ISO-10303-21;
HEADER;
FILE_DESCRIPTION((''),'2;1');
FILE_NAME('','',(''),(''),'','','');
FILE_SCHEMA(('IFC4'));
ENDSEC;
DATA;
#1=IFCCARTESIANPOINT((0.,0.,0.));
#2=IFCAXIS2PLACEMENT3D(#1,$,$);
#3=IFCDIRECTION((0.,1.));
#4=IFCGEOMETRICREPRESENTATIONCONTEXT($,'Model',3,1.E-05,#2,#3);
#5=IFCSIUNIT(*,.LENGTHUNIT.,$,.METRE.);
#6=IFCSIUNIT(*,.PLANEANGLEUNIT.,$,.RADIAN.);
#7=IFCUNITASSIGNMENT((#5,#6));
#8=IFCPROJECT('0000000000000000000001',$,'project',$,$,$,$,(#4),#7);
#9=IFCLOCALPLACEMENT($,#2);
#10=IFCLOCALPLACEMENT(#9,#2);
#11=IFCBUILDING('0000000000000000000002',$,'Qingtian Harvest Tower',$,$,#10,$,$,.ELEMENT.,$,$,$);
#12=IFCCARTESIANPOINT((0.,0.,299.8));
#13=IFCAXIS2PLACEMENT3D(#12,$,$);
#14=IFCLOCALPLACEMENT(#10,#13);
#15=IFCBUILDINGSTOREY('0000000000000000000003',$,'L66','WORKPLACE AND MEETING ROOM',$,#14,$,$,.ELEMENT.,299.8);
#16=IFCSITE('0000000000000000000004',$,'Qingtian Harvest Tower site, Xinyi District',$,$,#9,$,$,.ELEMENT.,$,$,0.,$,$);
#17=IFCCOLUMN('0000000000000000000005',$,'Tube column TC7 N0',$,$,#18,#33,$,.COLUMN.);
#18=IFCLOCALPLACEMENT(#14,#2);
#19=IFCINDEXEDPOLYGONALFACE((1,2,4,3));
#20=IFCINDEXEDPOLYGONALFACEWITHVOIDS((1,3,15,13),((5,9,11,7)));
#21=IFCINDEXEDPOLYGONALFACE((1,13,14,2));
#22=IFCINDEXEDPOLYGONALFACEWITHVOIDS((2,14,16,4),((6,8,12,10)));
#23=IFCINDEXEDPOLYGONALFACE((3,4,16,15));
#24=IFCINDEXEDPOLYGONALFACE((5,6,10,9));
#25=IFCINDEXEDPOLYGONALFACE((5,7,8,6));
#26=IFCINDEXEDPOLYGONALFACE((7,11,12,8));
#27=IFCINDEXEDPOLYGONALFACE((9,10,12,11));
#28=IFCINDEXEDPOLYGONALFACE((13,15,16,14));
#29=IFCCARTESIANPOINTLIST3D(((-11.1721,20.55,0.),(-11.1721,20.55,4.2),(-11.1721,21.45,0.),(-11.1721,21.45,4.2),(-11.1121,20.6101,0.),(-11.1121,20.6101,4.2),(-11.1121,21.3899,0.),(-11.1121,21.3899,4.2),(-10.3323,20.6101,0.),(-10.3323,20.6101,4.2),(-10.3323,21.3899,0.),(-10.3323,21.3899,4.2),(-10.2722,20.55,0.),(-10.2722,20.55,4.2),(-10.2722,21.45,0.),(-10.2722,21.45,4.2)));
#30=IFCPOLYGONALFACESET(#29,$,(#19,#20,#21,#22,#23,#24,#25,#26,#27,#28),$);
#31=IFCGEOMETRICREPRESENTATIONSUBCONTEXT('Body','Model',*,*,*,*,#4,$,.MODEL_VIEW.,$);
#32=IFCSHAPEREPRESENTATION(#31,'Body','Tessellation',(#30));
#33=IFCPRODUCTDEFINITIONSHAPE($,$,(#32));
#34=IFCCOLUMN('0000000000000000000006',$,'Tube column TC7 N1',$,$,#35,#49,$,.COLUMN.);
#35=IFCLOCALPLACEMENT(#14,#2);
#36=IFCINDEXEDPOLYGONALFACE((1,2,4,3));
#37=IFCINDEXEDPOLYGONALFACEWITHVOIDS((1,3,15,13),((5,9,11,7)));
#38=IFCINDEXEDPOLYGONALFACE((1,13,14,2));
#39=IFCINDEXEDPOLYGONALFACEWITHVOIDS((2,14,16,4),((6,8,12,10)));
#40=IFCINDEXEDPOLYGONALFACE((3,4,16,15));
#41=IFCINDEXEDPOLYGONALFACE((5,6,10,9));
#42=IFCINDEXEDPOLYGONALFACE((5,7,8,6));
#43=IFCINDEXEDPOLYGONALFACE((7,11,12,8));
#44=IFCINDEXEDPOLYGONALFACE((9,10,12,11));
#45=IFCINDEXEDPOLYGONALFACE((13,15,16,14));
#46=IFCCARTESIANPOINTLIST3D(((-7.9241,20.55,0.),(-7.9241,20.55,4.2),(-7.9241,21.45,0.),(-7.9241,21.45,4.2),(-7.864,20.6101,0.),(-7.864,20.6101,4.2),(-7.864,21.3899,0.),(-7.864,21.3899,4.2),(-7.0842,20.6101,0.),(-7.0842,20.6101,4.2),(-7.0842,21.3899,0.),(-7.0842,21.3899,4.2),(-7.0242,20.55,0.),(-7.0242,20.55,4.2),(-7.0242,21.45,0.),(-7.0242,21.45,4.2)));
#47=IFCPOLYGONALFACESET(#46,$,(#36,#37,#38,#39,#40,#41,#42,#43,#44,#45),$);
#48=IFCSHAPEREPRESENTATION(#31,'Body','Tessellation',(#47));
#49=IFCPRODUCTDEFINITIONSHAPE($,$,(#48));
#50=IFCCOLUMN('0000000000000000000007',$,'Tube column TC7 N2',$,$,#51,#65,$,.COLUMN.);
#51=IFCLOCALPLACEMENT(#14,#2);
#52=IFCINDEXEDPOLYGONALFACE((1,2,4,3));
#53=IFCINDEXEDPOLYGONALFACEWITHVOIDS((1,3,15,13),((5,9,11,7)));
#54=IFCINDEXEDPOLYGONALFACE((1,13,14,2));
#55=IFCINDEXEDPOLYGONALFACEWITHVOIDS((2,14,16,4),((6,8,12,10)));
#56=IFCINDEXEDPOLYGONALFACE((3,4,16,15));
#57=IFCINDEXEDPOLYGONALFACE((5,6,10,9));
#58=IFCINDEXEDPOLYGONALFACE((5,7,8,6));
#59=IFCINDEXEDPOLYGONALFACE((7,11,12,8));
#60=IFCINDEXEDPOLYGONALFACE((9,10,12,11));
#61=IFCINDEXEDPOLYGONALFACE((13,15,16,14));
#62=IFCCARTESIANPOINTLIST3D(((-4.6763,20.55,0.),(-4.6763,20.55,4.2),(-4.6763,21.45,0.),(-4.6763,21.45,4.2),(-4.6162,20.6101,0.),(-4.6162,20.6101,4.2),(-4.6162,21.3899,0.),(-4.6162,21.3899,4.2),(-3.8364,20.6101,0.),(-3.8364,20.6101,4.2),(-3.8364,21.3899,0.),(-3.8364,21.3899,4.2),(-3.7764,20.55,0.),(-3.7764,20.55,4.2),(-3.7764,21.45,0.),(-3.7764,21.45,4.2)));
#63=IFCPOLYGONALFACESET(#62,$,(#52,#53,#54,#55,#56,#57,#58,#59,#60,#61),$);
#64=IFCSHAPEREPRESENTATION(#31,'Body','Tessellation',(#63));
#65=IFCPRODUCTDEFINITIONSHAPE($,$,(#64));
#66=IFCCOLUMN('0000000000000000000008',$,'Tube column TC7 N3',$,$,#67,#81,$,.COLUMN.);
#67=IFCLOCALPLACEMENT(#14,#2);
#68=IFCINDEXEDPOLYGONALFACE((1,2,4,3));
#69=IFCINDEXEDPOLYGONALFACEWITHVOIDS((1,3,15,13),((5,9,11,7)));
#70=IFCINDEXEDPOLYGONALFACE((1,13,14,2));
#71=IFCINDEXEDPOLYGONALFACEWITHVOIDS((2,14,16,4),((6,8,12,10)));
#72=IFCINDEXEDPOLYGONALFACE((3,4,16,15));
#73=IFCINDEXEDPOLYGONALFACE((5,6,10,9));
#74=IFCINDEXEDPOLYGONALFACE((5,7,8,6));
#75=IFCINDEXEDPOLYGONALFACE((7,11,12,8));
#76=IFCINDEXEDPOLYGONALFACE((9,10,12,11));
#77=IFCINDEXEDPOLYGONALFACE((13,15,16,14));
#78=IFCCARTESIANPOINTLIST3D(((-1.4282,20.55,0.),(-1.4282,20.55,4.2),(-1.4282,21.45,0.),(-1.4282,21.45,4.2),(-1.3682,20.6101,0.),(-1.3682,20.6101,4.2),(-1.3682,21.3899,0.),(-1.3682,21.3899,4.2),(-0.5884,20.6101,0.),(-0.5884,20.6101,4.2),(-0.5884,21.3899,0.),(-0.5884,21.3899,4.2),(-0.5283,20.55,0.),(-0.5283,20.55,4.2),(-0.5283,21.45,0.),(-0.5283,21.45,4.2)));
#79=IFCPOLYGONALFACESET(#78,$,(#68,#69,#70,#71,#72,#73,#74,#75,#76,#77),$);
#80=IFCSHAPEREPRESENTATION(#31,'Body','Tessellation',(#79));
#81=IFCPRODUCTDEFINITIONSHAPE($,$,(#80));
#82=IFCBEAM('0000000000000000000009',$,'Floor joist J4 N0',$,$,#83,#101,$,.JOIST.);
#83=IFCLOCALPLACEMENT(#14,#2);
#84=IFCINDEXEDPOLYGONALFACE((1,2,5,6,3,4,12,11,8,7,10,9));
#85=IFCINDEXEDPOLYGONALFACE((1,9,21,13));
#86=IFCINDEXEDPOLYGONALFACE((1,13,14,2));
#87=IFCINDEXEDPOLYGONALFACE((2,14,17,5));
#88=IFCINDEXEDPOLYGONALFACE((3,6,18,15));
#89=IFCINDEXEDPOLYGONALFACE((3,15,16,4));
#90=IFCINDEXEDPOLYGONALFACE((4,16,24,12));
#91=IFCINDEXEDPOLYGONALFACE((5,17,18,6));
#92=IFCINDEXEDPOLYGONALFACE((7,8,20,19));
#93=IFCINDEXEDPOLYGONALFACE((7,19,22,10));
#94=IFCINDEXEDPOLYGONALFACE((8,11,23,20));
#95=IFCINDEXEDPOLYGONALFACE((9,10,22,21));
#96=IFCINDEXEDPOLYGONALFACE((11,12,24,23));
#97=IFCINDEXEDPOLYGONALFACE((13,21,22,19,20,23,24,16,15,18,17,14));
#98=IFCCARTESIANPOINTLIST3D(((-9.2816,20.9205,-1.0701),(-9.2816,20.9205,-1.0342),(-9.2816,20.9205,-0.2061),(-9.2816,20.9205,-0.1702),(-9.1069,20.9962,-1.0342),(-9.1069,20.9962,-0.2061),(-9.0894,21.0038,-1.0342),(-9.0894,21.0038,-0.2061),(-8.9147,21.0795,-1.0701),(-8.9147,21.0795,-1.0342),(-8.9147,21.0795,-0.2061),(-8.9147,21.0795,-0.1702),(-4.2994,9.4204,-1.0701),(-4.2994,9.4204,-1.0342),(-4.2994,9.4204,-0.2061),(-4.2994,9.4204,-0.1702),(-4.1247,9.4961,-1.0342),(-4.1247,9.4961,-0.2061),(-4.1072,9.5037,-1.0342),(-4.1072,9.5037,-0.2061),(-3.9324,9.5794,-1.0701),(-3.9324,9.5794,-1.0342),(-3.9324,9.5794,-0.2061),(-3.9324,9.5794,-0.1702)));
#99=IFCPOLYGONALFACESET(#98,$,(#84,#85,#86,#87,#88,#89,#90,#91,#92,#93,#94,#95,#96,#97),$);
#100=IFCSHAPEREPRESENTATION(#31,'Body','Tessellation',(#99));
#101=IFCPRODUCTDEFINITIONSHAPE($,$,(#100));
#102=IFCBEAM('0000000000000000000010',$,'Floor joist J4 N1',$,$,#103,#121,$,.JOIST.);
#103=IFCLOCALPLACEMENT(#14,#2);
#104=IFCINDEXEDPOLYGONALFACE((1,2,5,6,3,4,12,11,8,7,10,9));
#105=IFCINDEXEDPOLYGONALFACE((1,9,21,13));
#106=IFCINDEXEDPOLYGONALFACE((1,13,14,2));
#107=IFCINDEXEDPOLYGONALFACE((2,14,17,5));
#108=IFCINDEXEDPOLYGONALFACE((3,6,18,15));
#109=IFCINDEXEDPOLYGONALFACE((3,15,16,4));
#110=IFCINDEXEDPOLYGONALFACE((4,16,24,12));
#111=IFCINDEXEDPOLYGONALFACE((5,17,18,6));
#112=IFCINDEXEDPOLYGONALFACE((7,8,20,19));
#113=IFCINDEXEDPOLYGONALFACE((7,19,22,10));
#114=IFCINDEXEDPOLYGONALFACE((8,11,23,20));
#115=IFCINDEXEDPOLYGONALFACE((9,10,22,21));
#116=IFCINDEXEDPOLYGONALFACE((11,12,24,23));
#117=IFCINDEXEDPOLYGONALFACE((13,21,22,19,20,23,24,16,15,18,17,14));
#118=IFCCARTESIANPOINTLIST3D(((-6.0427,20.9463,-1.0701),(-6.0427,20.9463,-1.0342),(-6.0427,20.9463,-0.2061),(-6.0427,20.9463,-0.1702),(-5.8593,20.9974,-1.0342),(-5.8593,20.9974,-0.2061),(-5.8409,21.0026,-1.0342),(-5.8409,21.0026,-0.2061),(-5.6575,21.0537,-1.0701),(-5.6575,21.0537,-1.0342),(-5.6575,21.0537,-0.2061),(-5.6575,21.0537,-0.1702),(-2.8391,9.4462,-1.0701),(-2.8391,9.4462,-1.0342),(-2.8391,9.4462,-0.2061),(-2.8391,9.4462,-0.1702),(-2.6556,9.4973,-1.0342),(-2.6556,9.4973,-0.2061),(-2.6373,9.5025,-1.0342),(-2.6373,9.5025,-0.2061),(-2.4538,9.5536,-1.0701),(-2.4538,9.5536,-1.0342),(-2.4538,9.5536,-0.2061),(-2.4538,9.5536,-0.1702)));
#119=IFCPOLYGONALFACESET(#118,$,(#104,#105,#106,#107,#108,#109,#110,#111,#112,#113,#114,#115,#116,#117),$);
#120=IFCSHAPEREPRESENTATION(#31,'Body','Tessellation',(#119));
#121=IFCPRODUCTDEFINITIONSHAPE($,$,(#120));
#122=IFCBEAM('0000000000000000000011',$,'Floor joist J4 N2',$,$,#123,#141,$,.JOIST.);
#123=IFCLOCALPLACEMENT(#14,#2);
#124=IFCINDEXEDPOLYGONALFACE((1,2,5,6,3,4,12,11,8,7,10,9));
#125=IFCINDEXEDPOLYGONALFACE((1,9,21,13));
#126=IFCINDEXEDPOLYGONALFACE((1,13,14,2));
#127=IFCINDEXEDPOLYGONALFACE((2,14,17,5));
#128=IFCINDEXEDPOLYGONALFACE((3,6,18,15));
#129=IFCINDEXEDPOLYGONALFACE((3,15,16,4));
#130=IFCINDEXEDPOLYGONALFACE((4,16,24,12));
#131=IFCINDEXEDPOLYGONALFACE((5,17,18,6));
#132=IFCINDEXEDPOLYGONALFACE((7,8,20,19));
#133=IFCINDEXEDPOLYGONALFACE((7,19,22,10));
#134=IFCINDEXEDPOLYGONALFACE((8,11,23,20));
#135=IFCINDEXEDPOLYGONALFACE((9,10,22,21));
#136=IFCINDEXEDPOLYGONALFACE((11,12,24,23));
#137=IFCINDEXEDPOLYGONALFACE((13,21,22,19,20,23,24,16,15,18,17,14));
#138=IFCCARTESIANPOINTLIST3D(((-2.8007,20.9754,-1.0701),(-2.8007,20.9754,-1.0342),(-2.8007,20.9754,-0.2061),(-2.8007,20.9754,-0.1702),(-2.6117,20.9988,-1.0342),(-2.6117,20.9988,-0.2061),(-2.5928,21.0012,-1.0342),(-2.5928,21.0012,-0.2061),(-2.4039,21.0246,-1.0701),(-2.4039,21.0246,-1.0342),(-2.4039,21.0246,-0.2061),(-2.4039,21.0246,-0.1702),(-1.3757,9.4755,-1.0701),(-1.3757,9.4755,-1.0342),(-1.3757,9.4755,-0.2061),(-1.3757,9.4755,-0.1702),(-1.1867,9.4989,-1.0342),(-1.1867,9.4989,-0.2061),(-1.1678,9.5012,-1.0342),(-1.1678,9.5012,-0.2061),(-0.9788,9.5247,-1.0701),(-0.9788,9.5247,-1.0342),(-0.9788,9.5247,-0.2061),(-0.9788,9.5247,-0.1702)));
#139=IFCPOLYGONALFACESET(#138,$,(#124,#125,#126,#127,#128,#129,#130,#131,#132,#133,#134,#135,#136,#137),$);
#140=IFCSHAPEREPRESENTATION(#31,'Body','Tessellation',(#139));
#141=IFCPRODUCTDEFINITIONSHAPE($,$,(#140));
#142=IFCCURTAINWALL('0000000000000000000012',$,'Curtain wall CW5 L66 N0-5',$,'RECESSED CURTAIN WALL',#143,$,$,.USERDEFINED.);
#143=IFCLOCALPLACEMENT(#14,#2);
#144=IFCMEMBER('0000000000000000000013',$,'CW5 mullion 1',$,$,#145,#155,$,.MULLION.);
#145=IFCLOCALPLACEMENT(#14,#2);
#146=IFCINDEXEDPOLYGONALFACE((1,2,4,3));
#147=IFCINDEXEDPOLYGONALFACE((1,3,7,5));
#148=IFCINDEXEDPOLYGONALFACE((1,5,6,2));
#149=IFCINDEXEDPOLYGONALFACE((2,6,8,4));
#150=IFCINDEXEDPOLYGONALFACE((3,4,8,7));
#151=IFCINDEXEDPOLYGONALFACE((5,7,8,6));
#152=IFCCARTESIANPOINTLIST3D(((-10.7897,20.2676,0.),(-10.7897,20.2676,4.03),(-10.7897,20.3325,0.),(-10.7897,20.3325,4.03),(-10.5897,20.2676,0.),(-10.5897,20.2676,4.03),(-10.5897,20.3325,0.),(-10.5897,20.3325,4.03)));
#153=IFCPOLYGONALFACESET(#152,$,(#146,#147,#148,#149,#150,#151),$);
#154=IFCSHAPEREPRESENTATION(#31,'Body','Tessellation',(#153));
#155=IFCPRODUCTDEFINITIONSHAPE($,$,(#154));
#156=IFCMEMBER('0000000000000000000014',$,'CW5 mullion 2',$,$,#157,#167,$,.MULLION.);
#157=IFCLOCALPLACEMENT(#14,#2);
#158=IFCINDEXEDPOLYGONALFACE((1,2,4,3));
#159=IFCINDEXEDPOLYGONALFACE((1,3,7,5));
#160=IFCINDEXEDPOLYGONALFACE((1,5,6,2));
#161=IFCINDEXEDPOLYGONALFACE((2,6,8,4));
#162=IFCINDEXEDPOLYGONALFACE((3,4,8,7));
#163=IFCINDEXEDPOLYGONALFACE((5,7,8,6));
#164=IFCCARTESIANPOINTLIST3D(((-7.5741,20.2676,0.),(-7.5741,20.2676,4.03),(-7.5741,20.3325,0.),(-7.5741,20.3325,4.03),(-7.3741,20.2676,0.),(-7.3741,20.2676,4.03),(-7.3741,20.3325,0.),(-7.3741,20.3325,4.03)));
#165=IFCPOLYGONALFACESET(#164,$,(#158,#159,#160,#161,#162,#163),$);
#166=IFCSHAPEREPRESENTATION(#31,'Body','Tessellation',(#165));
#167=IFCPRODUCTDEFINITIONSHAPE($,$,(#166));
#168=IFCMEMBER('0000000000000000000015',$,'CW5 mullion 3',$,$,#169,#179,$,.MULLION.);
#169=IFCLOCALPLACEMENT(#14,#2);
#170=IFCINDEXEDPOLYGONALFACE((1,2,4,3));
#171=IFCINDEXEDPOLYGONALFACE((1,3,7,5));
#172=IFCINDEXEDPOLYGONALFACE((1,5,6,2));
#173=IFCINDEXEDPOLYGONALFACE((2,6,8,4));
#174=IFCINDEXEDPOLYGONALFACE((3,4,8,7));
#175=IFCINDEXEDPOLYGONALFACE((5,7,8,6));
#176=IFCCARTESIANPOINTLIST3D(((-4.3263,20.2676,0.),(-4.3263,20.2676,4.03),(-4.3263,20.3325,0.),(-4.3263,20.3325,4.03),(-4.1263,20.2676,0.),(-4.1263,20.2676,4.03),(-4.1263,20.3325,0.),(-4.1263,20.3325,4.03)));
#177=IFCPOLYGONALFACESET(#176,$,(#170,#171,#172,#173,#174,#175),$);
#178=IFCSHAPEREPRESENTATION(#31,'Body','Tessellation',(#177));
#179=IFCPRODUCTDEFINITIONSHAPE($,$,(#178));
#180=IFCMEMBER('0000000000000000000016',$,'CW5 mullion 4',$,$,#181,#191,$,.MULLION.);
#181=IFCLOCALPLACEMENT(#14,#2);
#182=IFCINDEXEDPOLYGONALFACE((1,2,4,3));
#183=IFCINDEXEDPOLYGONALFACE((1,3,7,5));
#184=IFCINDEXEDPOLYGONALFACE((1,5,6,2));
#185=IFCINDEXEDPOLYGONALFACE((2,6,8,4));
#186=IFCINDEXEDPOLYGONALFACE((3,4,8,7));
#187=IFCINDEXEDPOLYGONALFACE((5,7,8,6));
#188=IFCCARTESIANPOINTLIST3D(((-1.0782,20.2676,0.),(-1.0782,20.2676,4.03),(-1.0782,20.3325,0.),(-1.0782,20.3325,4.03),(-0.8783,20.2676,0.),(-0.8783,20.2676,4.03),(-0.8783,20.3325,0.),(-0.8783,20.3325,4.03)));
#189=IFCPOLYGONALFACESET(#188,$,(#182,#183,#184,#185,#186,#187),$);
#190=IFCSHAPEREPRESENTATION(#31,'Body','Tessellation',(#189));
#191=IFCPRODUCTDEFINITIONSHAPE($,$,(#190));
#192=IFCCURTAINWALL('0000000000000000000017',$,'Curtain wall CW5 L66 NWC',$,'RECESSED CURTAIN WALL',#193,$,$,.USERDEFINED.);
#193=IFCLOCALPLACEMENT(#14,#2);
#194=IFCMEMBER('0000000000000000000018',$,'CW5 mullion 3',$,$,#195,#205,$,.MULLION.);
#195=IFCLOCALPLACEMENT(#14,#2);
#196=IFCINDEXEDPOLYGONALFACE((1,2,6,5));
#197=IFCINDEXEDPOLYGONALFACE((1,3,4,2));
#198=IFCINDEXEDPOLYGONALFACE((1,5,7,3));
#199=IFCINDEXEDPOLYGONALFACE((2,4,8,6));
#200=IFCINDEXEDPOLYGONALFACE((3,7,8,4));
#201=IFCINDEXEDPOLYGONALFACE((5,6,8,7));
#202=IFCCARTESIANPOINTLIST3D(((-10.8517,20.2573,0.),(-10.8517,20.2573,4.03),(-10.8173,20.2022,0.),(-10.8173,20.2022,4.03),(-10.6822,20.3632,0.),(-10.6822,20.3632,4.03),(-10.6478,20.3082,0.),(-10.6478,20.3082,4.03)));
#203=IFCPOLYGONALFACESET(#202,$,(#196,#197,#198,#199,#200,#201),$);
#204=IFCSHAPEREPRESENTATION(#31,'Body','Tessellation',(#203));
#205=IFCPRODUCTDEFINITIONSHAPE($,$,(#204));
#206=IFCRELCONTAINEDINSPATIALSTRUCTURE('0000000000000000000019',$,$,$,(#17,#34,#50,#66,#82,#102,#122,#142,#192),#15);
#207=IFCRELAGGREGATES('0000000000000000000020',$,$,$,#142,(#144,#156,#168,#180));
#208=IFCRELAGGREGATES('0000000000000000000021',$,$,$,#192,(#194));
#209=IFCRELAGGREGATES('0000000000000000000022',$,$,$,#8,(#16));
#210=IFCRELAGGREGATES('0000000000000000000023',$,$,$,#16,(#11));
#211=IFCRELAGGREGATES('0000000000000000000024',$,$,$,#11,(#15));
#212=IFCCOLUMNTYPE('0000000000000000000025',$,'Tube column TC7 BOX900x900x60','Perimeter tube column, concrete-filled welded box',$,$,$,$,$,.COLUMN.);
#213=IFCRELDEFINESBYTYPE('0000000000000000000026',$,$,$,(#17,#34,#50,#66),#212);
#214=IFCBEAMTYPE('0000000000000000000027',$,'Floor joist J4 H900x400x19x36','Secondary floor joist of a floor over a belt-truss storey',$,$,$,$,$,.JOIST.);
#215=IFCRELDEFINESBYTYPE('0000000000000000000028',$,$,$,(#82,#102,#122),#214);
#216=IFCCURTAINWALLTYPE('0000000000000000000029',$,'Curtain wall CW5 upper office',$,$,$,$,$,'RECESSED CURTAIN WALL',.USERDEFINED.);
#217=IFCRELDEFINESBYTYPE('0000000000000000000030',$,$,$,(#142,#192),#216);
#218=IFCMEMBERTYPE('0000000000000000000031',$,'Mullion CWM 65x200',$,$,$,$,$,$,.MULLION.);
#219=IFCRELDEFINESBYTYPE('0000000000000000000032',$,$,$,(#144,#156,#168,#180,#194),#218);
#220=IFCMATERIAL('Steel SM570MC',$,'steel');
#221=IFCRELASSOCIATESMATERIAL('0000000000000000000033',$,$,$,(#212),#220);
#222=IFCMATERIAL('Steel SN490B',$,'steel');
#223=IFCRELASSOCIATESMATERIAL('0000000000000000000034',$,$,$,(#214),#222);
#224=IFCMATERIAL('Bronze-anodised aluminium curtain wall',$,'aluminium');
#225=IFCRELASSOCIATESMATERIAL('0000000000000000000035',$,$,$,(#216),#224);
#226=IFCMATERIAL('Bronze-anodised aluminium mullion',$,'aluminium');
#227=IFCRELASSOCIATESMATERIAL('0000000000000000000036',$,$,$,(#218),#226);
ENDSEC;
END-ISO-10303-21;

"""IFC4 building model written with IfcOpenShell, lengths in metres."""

from ifc_helpers import new_model, si_unit, direction, frame, origin, origin_2d, place, context, subcontext, project, spatial, rectangle, hollow_rectangle, i_section, extrude, material, material_profile, profile_set, type_object, element, aggregate, save


model = new_model("IFC4")

# Units and contexts
model_context = context("Model", 3, precision=1e-05, world=origin(), true_north=direction((0.0, 1.0)))
body_context = subcontext(model_context, "Body", "Model", "MODEL_VIEW")
ifc_project = project(units=[si_unit("LENGTHUNIT", "METRE"), si_unit("PLANEANGLEUNIT", "RADIAN")], contexts=[model_context])

# Site, building, storey
site_placement = place(None, origin())
site = spatial("IfcSite", under=ifc_project, at=site_placement, Name="Qingtian Harvest Tower site, Xinyi District", CompositionType="ELEMENT", RefElevation=0.0)
building_placement = place(site_placement, origin())
building = spatial("IfcBuilding", under=site, at=building_placement, Name="Qingtian Harvest Tower", CompositionType="ELEMENT")
storey_placement = place(building_placement, frame((0.0, 0.0, 299.8)))
storey = spatial("IfcBuildingStorey", under=building, at=storey_placement, Name="L66", Description="WORKPLACE AND MEETING ROOM", CompositionType="ELEMENT", Elevation=299.8)

# Columns
ifc_material_1 = material(Name="Steel SM570MC", Category="steel")
ifc_material_profile_1 = material_profile(ifc_material_1, hollow_rectangle(XDim=0.8999, YDim=0.8999, WallThickness=0.0601, at=origin_2d()), Name="BOX900x900x60")
ifc_profile_set_1 = profile_set([ifc_material_profile_1], Name="Steel SM570MC")
column_type = type_object("IfcColumnType", Name="Tube column TC7 BOX900x900x60", Description="Perimeter tube column, concrete-filled welded box", PredefinedType="COLUMN", material=ifc_profile_set_1)
for number, where, z_axis, x_axis, name in (
    (1, (-10.7222, 21.0, 0.0), (0.0, 0.0, 1.0), (-1.0, 0.0, 0.0), "Tube column TC7 N0"),
    (2, (-7.4741, 21.0, 0.0), (0.0, 0.0, 1.0), (-1.0, 0.0, 0.0), "Tube column TC7 N1"),
    (3, (-4.2263, 21.0, 0.0), (0.0, 0.0, 1.0), (-1.0, 0.0, 0.0), "Tube column TC7 N2"),
    (4, (-0.9783, 21.0, 0.0), (0.0, 0.0, 1.0), (-1.0, 0.0, 0.0), "Tube column TC7 N3"),
):
    element("IfcColumn", number, at=place(storey_placement, frame(where, z_axis=z_axis, x_axis=x_axis)), inside=storey, type_object=column_type, Name=name, PredefinedType="COLUMN", context=body_context, shape_type="SweptSolid", body=[
        extrude(hollow_rectangle(XDim=0.8999, YDim=0.8999, WallThickness=0.0601, at=origin_2d()), origin(), (0.0, 0.0, 1.0), 4.2),
    ])

# Beams
ifc_material_2 = material(Name="Steel SN490B", Category="steel")
ifc_material_profile_2 = material_profile(ifc_material_2, i_section(OverallWidth=0.3999, OverallDepth=0.8999, WebThickness=0.019, FlangeThickness=0.0359, at=origin_2d()), Name="H900x400x19x36")
ifc_profile_set_2 = profile_set([ifc_material_profile_2], Name="Steel SN490B")
beam_type_1 = type_object("IfcBeamType", Name="Floor joist J4 H900x400x19x36", Description="Secondary floor joist of a floor over a belt-truss storey", PredefinedType="JOIST", material=ifc_profile_set_2)
beam_1_placement = place(storey_placement, frame((-9.0981, 21.0, -0.6201), z_axis=(0.39753, -0.917589, 0.0), x_axis=(0.917589, 0.39753, 0.0)))
element("IfcBeam", 5, at=beam_1_placement, inside=storey, type_object=beam_type_1, Name="Floor joist J4 N0", PredefinedType="JOIST", context=body_context, shape_type="SweptSolid", body=[
    extrude(i_section(OverallWidth=0.3999, OverallDepth=0.8999, WebThickness=0.019, FlangeThickness=0.0359, at=origin_2d()), origin(), (0.0, 0.0, 1.0), 12.533),
])
beam_2_placement = place(storey_placement, frame((-5.8501, 21.0, -0.6201), z_axis=(0.268357, -0.96332, 0.0), x_axis=(0.96332, 0.268357, 0.0)))
element("IfcBeam", 6, at=beam_2_placement, inside=storey, type_object=beam_type_1, Name="Floor joist J4 N1", PredefinedType="JOIST", context=body_context, shape_type="SweptSolid", body=[
    extrude(i_section(OverallWidth=0.3999, OverallDepth=0.8999, WebThickness=0.019, FlangeThickness=0.0359, at=origin_2d()), origin(), (0.0, 0.0, 1.0), 11.938),
])
beam_3_placement = place(storey_placement, frame((-2.6023, 21.0, -0.6201), z_axis=(0.122977, -0.99241, 0.0), x_axis=(0.99241, 0.122977, 0.0)))
element("IfcBeam", 7, at=beam_3_placement, inside=storey, type_object=beam_type_1, Name="Floor joist J4 N2", PredefinedType="JOIST", context=body_context, shape_type="SweptSolid", body=[
    extrude(i_section(OverallWidth=0.3999, OverallDepth=0.8999, WebThickness=0.019, FlangeThickness=0.0359, at=origin_2d()), origin(), (0.0, 0.0, 1.0), 11.5879),
])

# Curtain wall, members
ifc_material_3 = material(Name="Bronze-anodised aluminium curtain wall", Category="aluminium")
curtain_wall_type = type_object("IfcCurtainWallType", Name="Curtain wall CW5 upper office", ElementType="RECESSED CURTAIN WALL", PredefinedType="USERDEFINED", material=ifc_material_3)
curtain_wall_1_placement = place(storey_placement, origin())
curtain_wall_1 = element("IfcCurtainWall", 8, at=curtain_wall_1_placement, inside=storey, type_object=curtain_wall_type, Name="Curtain wall CW5 L66 N0-5", ObjectType="RECESSED CURTAIN WALL", PredefinedType="USERDEFINED")
ifc_material_4 = material(Name="Bronze-anodised aluminium mullion", Category="aluminium")
ifc_material_profile_3 = material_profile(ifc_material_4, rectangle(XDim=0.0649, YDim=0.2, at=origin_2d()), Name="AL 65x200")
ifc_profile_set_3 = profile_set([ifc_material_profile_3], Name="Bronze-anodised aluminium mullion")
member_type_1 = type_object("IfcMemberType", Name="Mullion CWM 65x200", PredefinedType="MULLION", material=ifc_profile_set_3)
member_1_placement = place(storey_placement, frame((-10.6897, 20.3, 0.0), z_axis=(0.0, 0.0, 1.0), x_axis=(0.0, 1.0, 0.0)))
member_1 = element("IfcMember", 9, at=member_1_placement, type_object=member_type_1, Name="CW5 mullion 1", PredefinedType="MULLION", context=body_context, shape_type="SweptSolid", body=[
    extrude(rectangle(XDim=0.0649, YDim=0.2, at=origin_2d()), origin(), (0.0, 0.0, 1.0), 4.03),
])
member_2_placement = place(storey_placement, frame((-7.4741, 20.3, 0.0), z_axis=(0.0, 0.0, 1.0), x_axis=(0.0, 1.0, 0.0)))
member_2 = element("IfcMember", 10, at=member_2_placement, type_object=member_type_1, Name="CW5 mullion 2", PredefinedType="MULLION", context=body_context, shape_type="SweptSolid", body=[
    extrude(rectangle(XDim=0.0649, YDim=0.2, at=origin_2d()), origin(), (0.0, 0.0, 1.0), 4.03),
])
member_3_placement = place(storey_placement, frame((-4.2263, 20.3, 0.0), z_axis=(0.0, 0.0, 1.0), x_axis=(0.0, 1.0, 0.0)))
member_3 = element("IfcMember", 11, at=member_3_placement, type_object=member_type_1, Name="CW5 mullion 3", PredefinedType="MULLION", context=body_context, shape_type="SweptSolid", body=[
    extrude(rectangle(XDim=0.0649, YDim=0.2, at=origin_2d()), origin(), (0.0, 0.0, 1.0), 4.03),
])
member_4_placement = place(storey_placement, frame((-0.9783, 20.3, 0.0), z_axis=(0.0, 0.0, 1.0), x_axis=(0.0, 1.0, 0.0)))
member_4 = element("IfcMember", 12, at=member_4_placement, type_object=member_type_1, Name="CW5 mullion 4", PredefinedType="MULLION", context=body_context, shape_type="SweptSolid", body=[
    extrude(rectangle(XDim=0.0649, YDim=0.2, at=origin_2d()), origin(), (0.0, 0.0, 1.0), 4.03),
])

# Curtain wall, member
curtain_wall_2_placement = place(storey_placement, origin())
curtain_wall_2 = element("IfcCurtainWall", 13, at=curtain_wall_2_placement, inside=storey, type_object=curtain_wall_type, Name="Curtain wall CW5 L66 NWC", ObjectType="RECESSED CURTAIN WALL", PredefinedType="USERDEFINED")
member_5_placement = place(storey_placement, frame((-10.7498, 20.2827, 0.0), z_axis=(0.0, 0.0, 1.0), x_axis=(-0.529919, 0.848048, 0.0)))
member_5 = element("IfcMember", 14, at=member_5_placement, type_object=member_type_1, Name="CW5 mullion 3", PredefinedType="MULLION", context=body_context, shape_type="SweptSolid", body=[
    extrude(rectangle(XDim=0.0649, YDim=0.2, at=origin_2d()), origin(), (0.0, 0.0, 1.0), 4.03),
])

aggregate(curtain_wall_1, [member_1, member_2, member_3, member_4])
aggregate(curtain_wall_2, [member_5])

save(model, "model.ifc")
